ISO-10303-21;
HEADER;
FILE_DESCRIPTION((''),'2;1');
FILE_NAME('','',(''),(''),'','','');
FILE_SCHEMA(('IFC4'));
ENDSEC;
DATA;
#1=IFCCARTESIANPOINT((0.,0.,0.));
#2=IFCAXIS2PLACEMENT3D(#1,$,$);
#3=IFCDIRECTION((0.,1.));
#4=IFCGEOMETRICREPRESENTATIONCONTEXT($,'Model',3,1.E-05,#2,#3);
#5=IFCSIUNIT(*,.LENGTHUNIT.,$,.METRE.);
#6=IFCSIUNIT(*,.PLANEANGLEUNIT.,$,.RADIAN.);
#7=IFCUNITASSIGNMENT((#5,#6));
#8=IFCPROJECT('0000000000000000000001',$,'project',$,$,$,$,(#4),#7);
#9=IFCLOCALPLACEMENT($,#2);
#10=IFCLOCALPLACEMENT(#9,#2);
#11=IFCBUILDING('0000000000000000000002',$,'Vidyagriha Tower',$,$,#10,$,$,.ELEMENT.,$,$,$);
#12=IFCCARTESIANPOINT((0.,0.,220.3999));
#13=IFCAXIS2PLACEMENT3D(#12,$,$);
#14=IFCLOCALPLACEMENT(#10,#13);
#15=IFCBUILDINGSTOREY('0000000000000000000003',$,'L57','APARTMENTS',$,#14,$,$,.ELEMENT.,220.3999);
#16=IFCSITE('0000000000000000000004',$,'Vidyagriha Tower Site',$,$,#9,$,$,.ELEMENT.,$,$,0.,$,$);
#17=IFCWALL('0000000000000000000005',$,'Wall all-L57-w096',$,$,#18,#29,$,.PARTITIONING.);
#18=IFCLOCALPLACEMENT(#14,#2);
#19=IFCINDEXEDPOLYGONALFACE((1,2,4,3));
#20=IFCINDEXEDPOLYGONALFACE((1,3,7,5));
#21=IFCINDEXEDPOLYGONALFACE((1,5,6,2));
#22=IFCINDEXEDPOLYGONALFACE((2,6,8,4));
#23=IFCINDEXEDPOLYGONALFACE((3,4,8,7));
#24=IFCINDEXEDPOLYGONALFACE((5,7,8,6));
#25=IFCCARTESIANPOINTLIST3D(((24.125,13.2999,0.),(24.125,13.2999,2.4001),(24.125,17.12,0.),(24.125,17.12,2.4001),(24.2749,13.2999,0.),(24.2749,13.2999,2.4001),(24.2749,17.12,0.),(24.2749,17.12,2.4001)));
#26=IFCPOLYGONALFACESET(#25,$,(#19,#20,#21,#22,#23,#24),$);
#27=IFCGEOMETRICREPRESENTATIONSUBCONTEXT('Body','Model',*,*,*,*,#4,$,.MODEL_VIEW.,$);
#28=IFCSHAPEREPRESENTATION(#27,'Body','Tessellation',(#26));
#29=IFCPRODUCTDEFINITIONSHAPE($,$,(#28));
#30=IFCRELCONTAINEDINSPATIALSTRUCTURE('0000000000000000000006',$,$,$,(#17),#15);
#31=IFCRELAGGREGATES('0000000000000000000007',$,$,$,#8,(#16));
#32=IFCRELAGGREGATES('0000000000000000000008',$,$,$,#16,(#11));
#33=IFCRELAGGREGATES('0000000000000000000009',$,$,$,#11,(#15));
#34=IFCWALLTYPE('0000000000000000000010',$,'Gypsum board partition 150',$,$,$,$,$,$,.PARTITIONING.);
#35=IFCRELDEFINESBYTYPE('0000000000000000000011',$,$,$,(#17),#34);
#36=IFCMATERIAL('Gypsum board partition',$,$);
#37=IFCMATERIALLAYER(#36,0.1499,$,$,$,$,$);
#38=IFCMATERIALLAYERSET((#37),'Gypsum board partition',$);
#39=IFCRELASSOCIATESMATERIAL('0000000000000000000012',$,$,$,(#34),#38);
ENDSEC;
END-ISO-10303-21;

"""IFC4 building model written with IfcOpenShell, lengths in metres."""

from ifc_helpers import new_model, si_unit, direction, frame, frame_2d, origin, place, context, subcontext, project, spatial, rectangle, extrude, material, layer, layer_set, type_object, element, save


model = new_model("IFC4")

# Units and contexts
model_context = context("Model", 3, precision=1e-05, world=origin(), true_north=direction((0.0, 1.0)))
body_context = subcontext(model_context, "Body", "Model", "MODEL_VIEW")
ifc_project = project(units=[si_unit("LENGTHUNIT", "METRE"), si_unit("PLANEANGLEUNIT", "RADIAN")], contexts=[model_context])

# Site, building, storey
site_placement = place(None, origin())
site = spatial("IfcSite", under=ifc_project, at=site_placement, Name="Vidyagriha Tower Site", CompositionType="ELEMENT", RefElevation=0.0)
building_placement = place(site_placement, origin())
building = spatial("IfcBuilding", under=site, at=building_placement, Name="Vidyagriha Tower", CompositionType="ELEMENT")
storey_placement = place(building_placement, frame((0.0, 0.0, 220.3999)))
storey = spatial("IfcBuildingStorey", under=building, at=storey_placement, Name="L57", Description="APARTMENTS", CompositionType="ELEMENT", Elevation=220.3999)

# Wall
ifc_material_1 = material(Name="Gypsum board partition")
ifc_layer_1 = layer(ifc_material_1, 0.1499)
ifc_layer_set_1 = layer_set([ifc_layer_1], Name="Gypsum board partition")
wall_type_1 = type_object("IfcWallType", Name="Gypsum board partition 150", PredefinedType="PARTITIONING", material=ifc_layer_set_1)
wall_1_placement = place(storey_placement, frame((24.2, 17.1201, 0.0), z_axis=(0.0, 0.0, 1.0), x_axis=(0.0, -1.0, 0.0)))
element("IfcWall", 1, at=wall_1_placement, inside=storey, type_object=wall_type_1, Name="Wall all-L57-w096", PredefinedType="PARTITIONING", context=body_context, shape_type="SweptSolid", body=[
    extrude(rectangle(XDim=3.8201, YDim=0.1499, at=frame_2d((1.9102, 0.0))), origin(), (0.0, 0.0, 1.0), 2.4001),
])

save(model, "model.ifc")
